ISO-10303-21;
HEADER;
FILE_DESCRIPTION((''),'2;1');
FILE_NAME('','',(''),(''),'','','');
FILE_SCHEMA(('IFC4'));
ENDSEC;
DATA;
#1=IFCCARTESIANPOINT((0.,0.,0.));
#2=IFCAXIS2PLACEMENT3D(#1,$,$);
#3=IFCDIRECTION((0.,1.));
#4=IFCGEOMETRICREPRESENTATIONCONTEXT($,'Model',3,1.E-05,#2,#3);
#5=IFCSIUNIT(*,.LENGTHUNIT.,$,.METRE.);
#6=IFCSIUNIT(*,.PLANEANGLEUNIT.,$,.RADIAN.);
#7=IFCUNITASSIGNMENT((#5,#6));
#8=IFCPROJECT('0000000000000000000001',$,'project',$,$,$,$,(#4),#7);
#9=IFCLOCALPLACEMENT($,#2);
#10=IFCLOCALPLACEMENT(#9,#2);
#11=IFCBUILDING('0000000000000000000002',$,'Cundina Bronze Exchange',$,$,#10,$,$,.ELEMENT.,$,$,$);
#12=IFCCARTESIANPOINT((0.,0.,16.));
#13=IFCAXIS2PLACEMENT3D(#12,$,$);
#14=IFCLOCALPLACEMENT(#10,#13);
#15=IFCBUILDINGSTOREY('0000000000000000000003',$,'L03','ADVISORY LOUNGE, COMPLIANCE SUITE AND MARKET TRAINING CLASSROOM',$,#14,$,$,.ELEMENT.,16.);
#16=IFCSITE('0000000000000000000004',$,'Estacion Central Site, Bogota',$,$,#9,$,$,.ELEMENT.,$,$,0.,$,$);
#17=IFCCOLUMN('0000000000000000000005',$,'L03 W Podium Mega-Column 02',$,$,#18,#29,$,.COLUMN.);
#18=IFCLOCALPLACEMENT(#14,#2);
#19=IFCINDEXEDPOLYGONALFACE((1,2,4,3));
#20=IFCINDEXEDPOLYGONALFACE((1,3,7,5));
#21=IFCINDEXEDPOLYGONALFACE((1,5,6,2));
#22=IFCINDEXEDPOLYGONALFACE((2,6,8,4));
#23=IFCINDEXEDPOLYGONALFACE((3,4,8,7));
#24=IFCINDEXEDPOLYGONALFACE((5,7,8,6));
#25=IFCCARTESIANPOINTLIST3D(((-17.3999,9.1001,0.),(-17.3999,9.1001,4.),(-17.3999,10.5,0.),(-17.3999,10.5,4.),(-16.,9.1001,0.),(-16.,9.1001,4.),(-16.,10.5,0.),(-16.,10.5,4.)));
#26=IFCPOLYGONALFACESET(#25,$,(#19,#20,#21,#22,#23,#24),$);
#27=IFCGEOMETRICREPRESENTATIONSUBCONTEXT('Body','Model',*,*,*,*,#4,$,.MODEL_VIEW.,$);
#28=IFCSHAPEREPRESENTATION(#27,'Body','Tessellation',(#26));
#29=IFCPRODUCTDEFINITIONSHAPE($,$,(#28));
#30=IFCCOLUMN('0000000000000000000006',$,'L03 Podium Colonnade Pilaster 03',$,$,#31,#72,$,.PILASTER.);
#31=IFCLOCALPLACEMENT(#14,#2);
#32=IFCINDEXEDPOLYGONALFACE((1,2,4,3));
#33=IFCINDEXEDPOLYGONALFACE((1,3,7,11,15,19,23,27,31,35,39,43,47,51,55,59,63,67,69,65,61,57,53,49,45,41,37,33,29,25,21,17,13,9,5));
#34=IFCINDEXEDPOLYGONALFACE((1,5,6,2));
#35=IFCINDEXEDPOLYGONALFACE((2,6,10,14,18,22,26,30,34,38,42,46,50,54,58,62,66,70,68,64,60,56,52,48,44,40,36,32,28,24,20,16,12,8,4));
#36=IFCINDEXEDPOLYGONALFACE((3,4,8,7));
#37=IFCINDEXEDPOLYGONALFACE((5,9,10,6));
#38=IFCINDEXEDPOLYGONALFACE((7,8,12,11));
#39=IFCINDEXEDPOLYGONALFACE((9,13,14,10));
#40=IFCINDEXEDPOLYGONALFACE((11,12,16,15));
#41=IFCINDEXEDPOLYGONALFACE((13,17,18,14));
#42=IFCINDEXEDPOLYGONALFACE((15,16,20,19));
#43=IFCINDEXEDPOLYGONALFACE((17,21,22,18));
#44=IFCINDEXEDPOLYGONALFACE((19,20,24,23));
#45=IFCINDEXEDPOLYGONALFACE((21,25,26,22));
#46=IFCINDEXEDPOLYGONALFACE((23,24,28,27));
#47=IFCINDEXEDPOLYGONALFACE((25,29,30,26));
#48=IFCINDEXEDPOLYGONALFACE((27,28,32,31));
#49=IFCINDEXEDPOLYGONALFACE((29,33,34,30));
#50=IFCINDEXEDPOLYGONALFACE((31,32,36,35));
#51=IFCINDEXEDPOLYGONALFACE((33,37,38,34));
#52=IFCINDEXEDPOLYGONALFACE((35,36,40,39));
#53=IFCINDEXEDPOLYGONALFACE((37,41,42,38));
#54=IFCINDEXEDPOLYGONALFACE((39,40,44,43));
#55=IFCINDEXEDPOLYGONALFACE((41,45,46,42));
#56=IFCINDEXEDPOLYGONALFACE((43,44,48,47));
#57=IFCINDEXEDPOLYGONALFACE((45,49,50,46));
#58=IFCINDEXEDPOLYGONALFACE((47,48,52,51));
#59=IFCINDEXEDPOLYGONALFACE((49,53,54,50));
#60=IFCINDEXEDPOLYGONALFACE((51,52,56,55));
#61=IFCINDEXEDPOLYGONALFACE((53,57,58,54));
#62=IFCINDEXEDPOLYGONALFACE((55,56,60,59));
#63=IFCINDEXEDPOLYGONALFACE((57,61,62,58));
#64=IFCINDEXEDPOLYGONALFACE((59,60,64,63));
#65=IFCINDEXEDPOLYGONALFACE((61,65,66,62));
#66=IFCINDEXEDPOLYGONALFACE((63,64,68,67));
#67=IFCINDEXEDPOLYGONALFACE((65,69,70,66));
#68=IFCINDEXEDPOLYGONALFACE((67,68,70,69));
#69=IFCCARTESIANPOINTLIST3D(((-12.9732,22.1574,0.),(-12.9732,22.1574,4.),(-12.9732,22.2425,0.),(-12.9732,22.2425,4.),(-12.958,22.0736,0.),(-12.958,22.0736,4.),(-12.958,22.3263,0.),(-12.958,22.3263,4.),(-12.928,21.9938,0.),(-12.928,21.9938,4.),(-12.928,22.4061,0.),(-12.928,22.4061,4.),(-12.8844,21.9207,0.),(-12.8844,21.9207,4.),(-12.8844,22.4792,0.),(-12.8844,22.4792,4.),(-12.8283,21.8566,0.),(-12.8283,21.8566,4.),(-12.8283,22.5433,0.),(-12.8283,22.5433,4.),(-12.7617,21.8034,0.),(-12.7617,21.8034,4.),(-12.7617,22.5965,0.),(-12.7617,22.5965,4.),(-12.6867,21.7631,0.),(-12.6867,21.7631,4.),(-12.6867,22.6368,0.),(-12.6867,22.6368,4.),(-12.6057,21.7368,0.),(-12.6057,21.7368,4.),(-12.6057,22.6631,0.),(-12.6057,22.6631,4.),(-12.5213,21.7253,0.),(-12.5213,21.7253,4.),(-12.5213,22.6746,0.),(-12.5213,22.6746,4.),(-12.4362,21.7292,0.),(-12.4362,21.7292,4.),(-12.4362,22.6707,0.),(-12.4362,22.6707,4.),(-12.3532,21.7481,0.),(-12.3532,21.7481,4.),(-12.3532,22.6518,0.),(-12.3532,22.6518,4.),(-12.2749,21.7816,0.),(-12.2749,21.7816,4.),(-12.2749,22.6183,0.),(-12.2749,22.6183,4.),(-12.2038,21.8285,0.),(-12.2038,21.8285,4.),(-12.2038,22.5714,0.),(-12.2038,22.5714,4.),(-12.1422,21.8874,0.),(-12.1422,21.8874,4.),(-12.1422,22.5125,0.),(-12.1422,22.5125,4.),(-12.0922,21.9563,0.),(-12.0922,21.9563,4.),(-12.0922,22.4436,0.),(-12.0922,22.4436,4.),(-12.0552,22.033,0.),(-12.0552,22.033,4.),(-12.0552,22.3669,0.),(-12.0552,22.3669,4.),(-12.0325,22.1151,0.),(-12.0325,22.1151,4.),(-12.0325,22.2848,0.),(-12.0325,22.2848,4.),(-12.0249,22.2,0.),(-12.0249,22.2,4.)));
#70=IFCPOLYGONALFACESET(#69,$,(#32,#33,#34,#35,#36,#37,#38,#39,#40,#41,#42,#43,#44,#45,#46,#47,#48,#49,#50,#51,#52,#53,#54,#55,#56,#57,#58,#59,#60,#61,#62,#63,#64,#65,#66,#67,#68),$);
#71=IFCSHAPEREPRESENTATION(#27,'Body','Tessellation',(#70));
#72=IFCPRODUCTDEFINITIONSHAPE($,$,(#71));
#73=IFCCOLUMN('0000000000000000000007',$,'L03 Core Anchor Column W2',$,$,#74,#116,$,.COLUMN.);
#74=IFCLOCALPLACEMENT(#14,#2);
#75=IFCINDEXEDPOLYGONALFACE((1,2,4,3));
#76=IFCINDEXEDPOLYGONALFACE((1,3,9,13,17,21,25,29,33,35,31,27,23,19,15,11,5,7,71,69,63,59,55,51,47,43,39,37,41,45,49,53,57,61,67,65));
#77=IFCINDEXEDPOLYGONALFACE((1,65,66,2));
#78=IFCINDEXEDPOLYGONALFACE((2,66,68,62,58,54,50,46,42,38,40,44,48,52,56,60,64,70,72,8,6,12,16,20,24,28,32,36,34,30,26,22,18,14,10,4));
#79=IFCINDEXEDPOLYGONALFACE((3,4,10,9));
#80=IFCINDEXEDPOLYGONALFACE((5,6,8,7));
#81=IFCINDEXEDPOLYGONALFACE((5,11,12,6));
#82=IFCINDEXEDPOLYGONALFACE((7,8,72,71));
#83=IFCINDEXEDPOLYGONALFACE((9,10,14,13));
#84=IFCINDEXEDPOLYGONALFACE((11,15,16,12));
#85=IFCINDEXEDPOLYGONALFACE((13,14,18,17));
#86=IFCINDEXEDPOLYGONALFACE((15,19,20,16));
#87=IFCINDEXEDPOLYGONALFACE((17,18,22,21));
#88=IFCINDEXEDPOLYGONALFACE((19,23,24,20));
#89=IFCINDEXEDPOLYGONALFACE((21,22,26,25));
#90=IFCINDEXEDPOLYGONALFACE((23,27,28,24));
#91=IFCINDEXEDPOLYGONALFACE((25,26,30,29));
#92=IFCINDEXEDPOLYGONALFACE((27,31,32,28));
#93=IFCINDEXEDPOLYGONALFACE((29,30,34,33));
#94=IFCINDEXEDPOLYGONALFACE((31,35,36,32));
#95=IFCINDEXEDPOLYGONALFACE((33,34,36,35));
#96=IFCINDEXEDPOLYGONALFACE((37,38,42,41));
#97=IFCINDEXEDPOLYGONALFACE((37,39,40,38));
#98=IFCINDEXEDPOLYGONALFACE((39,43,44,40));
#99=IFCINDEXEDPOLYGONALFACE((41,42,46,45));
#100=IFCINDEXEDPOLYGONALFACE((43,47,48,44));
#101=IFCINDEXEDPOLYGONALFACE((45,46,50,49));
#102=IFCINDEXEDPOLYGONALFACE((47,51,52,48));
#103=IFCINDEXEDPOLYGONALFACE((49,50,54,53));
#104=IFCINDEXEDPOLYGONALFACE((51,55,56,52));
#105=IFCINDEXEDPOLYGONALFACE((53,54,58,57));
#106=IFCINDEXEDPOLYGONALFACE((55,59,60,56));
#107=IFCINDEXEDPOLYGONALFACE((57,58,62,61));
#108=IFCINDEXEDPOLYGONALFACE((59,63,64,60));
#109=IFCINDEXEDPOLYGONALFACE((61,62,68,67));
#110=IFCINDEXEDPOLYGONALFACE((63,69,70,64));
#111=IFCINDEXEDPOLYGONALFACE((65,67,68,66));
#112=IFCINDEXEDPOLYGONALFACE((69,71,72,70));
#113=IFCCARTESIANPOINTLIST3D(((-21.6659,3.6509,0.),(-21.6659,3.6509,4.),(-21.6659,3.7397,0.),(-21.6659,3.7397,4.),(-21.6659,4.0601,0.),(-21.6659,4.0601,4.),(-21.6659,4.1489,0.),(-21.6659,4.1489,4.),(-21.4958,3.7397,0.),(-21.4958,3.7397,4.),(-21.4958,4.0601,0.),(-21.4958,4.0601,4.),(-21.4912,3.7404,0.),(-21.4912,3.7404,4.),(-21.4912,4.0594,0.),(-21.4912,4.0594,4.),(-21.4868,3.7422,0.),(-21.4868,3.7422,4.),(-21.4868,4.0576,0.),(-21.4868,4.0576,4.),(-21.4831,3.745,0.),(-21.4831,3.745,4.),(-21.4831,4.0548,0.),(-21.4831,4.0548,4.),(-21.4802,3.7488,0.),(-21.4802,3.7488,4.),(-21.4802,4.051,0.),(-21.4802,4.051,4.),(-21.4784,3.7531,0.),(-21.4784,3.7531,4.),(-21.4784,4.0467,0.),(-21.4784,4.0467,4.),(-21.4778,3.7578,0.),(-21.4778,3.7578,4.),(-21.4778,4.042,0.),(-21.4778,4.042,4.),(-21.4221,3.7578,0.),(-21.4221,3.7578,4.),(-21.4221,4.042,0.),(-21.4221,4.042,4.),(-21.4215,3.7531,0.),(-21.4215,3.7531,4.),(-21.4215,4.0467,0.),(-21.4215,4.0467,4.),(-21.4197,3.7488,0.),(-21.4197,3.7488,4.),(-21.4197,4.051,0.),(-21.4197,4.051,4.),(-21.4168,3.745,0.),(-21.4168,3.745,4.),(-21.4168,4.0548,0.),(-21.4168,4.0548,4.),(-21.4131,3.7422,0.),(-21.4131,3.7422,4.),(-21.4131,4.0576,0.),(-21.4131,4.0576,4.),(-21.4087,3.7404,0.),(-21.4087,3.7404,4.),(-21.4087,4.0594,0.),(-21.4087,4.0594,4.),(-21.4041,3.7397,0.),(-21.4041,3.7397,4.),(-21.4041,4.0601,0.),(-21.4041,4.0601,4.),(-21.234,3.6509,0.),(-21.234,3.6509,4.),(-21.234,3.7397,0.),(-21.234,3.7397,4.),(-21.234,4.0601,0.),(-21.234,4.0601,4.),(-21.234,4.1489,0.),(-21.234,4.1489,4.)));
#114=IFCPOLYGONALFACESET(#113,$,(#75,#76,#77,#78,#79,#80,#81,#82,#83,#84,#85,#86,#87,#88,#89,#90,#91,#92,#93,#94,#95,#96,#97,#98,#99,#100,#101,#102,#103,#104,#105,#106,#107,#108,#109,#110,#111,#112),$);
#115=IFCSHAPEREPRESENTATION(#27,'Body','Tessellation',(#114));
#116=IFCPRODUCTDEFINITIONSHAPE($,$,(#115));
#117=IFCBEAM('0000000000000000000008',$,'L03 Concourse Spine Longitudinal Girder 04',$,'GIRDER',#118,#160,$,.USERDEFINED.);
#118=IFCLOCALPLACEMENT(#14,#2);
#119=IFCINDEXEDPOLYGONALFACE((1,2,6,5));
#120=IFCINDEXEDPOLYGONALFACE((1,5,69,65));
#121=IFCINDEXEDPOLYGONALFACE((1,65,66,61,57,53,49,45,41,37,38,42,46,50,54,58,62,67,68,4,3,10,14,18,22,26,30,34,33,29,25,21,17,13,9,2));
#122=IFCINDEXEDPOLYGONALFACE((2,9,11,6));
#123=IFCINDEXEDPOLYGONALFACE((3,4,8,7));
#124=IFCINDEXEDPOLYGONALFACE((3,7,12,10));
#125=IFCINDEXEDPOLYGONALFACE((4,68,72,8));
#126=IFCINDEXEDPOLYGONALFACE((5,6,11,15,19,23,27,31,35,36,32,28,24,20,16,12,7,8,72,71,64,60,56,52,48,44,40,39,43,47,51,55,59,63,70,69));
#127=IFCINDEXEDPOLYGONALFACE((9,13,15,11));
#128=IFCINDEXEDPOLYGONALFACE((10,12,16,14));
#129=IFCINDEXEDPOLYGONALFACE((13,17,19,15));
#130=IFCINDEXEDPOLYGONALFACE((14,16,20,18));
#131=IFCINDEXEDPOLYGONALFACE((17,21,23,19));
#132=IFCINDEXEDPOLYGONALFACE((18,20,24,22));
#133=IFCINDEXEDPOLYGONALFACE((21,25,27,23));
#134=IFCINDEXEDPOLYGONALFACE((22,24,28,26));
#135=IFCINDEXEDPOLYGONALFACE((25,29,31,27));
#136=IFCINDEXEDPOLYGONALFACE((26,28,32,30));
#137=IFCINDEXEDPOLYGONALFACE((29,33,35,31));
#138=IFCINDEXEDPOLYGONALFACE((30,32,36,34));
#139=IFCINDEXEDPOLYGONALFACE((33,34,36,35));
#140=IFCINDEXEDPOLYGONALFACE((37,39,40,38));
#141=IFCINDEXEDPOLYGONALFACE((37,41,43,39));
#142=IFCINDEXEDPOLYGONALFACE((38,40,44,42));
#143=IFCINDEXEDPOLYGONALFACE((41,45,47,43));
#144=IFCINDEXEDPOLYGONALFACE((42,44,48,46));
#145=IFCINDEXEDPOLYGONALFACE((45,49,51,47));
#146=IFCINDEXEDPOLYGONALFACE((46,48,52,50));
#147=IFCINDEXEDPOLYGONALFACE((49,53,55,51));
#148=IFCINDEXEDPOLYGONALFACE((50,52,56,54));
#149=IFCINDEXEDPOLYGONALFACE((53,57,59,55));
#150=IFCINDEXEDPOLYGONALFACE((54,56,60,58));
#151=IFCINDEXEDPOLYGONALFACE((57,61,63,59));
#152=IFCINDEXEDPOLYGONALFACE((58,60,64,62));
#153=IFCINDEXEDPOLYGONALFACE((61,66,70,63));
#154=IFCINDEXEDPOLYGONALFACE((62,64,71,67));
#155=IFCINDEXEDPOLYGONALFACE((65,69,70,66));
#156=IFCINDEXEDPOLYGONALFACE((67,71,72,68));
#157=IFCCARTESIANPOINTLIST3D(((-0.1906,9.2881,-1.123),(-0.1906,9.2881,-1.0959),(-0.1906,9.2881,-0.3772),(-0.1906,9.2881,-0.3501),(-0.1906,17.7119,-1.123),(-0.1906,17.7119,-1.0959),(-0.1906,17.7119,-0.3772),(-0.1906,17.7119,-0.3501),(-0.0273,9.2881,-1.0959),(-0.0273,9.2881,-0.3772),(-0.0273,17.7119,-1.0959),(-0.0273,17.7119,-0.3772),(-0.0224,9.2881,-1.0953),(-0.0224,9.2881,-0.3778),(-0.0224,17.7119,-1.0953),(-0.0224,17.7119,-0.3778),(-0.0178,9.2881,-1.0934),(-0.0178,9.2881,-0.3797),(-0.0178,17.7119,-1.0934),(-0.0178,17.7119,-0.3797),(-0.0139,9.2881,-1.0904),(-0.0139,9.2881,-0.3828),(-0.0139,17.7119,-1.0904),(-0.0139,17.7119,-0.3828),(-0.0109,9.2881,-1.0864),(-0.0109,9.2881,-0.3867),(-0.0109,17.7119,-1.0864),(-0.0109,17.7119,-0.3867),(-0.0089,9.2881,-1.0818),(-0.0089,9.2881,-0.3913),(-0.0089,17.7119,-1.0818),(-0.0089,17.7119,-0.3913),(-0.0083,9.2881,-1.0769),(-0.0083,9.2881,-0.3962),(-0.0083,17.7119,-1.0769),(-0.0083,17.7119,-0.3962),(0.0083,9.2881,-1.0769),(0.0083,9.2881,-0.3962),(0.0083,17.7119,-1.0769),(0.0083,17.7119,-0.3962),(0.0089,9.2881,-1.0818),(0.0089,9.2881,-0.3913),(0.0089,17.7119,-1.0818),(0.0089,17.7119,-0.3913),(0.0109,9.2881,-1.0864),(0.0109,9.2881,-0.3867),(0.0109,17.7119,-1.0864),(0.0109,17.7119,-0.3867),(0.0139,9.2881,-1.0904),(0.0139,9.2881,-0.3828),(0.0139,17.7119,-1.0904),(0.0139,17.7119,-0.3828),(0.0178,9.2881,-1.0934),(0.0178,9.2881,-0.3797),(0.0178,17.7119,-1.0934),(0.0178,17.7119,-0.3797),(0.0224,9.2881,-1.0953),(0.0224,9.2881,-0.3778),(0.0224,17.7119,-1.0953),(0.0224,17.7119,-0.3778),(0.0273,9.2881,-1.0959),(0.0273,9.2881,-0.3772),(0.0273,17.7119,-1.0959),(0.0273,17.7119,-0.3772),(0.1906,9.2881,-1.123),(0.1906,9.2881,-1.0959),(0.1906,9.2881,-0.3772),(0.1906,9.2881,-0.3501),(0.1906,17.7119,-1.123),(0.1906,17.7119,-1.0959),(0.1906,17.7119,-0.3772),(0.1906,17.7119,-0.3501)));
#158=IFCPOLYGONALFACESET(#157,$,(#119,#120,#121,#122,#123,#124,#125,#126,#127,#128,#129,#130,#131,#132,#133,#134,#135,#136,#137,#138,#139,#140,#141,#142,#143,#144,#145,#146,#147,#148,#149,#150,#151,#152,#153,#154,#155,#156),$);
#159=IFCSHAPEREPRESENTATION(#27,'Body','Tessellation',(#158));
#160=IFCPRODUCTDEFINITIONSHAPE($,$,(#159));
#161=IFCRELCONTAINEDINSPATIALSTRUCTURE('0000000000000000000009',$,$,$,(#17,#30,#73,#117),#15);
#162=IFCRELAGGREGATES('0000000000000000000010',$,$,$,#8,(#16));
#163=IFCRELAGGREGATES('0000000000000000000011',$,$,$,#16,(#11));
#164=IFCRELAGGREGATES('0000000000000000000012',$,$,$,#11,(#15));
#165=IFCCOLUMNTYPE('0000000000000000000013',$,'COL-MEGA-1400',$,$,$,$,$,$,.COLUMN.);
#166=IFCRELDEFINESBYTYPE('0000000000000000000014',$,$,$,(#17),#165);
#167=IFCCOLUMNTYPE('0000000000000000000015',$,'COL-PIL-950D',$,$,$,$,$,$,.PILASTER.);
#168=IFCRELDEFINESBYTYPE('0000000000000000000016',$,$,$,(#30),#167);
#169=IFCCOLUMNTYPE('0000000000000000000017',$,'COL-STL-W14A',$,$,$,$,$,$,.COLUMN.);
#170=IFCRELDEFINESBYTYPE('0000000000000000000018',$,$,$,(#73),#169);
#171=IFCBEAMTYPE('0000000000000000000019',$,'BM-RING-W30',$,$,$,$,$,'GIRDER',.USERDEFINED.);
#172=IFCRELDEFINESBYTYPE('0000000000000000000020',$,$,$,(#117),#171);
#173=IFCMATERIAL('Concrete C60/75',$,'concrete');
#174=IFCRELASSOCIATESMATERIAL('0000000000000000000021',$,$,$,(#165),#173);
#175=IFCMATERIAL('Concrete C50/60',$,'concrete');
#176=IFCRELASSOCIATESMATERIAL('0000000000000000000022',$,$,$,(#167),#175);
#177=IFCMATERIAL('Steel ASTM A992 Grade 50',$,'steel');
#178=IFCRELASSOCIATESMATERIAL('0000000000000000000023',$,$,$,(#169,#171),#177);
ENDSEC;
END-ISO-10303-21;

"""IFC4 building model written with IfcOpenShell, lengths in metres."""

from ifc_helpers import new_model, si_unit, direction, frame, origin, origin_2d, place, context, subcontext, project, spatial, rectangle, circle, i_section, extrude, material, material_profile, profile_set, type_object, element, save


model = new_model("IFC4")

# Units and contexts
model_context = context("Model", 3, precision=1e-05, world=origin(), true_north=direction((0.0, 1.0)))
body_context = subcontext(model_context, "Body", "Model", "MODEL_VIEW")
ifc_project = project(units=[si_unit("LENGTHUNIT", "METRE"), si_unit("PLANEANGLEUNIT", "RADIAN")], contexts=[model_context])

# Site, building, storey
site_placement = place(None, origin())
site = spatial("IfcSite", under=ifc_project, at=site_placement, Name="Estacion Central Site, Bogota", CompositionType="ELEMENT", RefElevation=0.0)
building_placement = place(site_placement, origin())
building = spatial("IfcBuilding", under=site, at=building_placement, Name="Cundina Bronze Exchange", CompositionType="ELEMENT")
storey_placement = place(building_placement, frame((0.0, 0.0, 16.0)))
storey = spatial("IfcBuildingStorey", under=building, at=storey_placement, Name="L03", Description="ADVISORY LOUNGE, COMPLIANCE SUITE AND MARKET TRAINING CLASSROOM", CompositionType="ELEMENT", Elevation=16.0)

# Columns
ifc_material_1 = material(Name="Concrete C60/75", Category="concrete")
ifc_material_profile_1 = material_profile(ifc_material_1, rectangle(XDim=1.3999, YDim=1.3999, at=origin_2d()), Name="RC1400X1400", Category="concrete")
ifc_profile_set_1 = profile_set([ifc_material_profile_1], Name="Concrete C60/75")
column_type_1 = type_object("IfcColumnType", Name="COL-MEGA-1400", PredefinedType="COLUMN", material=ifc_profile_set_1)
column_1_placement = place(storey_placement, frame((-16.7, 9.8, 0.0), z_axis=(0.0, 0.0, 1.0), x_axis=(1.0, 0.0, 0.0)))
element("IfcColumn", 1, at=column_1_placement, inside=storey, type_object=column_type_1, Name="L03 W Podium Mega-Column 02", PredefinedType="COLUMN", context=body_context, shape_type="SweptSolid", body=[
    extrude(rectangle(XDim=1.3999, YDim=1.3999, at=origin_2d()), origin(), (0.0, 0.0, 1.0), 4.0),
])
ifc_material_2 = material(Name="Concrete C50/60", Category="concrete")
ifc_material_profile_2 = material_profile(ifc_material_2, circle(Radius=0.4751, at=origin_2d()), Name="RC950D", Category="concrete")
ifc_profile_set_2 = profile_set([ifc_material_profile_2], Name="Concrete C50/60")
column_type_2 = type_object("IfcColumnType", Name="COL-PIL-950D", PredefinedType="PILASTER", material=ifc_profile_set_2)
column_2_placement = place(storey_placement, frame((-12.5, 22.2, 0.0), z_axis=(0.0, 0.0, 1.0), x_axis=(1.0, 0.0, 0.0)))
element("IfcColumn", 2, at=column_2_placement, inside=storey, type_object=column_type_2, Name="L03 Podium Colonnade Pilaster 03", PredefinedType="PILASTER", context=body_context, shape_type="SweptSolid", body=[
    extrude(circle(Radius=0.4751, at=origin_2d()), origin(), (0.0, 0.0, 1.0), 4.0),
])
ifc_material_3 = material(Name="Steel ASTM A992 Grade 50", Category="steel")
ifc_material_profile_3 = material_profile(ifc_material_3, i_section(OverallWidth=0.4319, OverallDepth=0.498, WebThickness=0.0557, FlangeThickness=0.0889, FilletRadius=0.0181, at=origin_2d()), Name="W14X500", Category="steel")
ifc_profile_set_3 = profile_set([ifc_material_profile_3], Name="Steel ASTM A992 Grade 50")
column_type_3 = type_object("IfcColumnType", Name="COL-STL-W14A", PredefinedType="COLUMN", material=ifc_profile_set_3)
column_3_placement = place(storey_placement, frame((-21.45, 3.8999, 0.0), z_axis=(0.0, 0.0, 1.0), x_axis=(1.0, 0.0, 0.0)))
element("IfcColumn", 3, at=column_3_placement, inside=storey, type_object=column_type_3, Name="L03 Core Anchor Column W2", PredefinedType="COLUMN", context=body_context, shape_type="SweptSolid", body=[
    extrude(i_section(OverallWidth=0.4319, OverallDepth=0.498, WebThickness=0.0557, FlangeThickness=0.0889, FilletRadius=0.0181, at=origin_2d()), origin(), (0.0, 0.0, 1.0), 4.0),
])

# Beam
ifc_material_profile_4 = material_profile(ifc_material_3, i_section(OverallWidth=0.3811, OverallDepth=0.7729, WebThickness=0.0166, FlangeThickness=0.0271, FilletRadius=0.019, at=origin_2d()), Name="W30X173", Category="steel")
ifc_profile_set_4 = profile_set([ifc_material_profile_4], Name="Steel ASTM A992 Grade 50")
beam_type_1 = type_object("IfcBeamType", Name="BM-RING-W30", ElementType="GIRDER", PredefinedType="USERDEFINED", material=ifc_profile_set_4)
beam_1_placement = place(storey_placement, frame((0.0, 9.2881, -0.7366), z_axis=(0.0, 1.0, 0.0), x_axis=(-1.0, 0.0, 0.0)))
element("IfcBeam", 4, at=beam_1_placement, inside=storey, type_object=beam_type_1, Name="L03 Concourse Spine Longitudinal Girder 04", ObjectType="GIRDER", PredefinedType="USERDEFINED", context=body_context, shape_type="SweptSolid", body=[
    extrude(i_section(OverallWidth=0.3811, OverallDepth=0.7729, WebThickness=0.0166, FlangeThickness=0.0271, FilletRadius=0.019, at=origin_2d()), origin(), (0.0, 0.0, 1.0), 8.4238),
])

save(model, "model.ifc")
